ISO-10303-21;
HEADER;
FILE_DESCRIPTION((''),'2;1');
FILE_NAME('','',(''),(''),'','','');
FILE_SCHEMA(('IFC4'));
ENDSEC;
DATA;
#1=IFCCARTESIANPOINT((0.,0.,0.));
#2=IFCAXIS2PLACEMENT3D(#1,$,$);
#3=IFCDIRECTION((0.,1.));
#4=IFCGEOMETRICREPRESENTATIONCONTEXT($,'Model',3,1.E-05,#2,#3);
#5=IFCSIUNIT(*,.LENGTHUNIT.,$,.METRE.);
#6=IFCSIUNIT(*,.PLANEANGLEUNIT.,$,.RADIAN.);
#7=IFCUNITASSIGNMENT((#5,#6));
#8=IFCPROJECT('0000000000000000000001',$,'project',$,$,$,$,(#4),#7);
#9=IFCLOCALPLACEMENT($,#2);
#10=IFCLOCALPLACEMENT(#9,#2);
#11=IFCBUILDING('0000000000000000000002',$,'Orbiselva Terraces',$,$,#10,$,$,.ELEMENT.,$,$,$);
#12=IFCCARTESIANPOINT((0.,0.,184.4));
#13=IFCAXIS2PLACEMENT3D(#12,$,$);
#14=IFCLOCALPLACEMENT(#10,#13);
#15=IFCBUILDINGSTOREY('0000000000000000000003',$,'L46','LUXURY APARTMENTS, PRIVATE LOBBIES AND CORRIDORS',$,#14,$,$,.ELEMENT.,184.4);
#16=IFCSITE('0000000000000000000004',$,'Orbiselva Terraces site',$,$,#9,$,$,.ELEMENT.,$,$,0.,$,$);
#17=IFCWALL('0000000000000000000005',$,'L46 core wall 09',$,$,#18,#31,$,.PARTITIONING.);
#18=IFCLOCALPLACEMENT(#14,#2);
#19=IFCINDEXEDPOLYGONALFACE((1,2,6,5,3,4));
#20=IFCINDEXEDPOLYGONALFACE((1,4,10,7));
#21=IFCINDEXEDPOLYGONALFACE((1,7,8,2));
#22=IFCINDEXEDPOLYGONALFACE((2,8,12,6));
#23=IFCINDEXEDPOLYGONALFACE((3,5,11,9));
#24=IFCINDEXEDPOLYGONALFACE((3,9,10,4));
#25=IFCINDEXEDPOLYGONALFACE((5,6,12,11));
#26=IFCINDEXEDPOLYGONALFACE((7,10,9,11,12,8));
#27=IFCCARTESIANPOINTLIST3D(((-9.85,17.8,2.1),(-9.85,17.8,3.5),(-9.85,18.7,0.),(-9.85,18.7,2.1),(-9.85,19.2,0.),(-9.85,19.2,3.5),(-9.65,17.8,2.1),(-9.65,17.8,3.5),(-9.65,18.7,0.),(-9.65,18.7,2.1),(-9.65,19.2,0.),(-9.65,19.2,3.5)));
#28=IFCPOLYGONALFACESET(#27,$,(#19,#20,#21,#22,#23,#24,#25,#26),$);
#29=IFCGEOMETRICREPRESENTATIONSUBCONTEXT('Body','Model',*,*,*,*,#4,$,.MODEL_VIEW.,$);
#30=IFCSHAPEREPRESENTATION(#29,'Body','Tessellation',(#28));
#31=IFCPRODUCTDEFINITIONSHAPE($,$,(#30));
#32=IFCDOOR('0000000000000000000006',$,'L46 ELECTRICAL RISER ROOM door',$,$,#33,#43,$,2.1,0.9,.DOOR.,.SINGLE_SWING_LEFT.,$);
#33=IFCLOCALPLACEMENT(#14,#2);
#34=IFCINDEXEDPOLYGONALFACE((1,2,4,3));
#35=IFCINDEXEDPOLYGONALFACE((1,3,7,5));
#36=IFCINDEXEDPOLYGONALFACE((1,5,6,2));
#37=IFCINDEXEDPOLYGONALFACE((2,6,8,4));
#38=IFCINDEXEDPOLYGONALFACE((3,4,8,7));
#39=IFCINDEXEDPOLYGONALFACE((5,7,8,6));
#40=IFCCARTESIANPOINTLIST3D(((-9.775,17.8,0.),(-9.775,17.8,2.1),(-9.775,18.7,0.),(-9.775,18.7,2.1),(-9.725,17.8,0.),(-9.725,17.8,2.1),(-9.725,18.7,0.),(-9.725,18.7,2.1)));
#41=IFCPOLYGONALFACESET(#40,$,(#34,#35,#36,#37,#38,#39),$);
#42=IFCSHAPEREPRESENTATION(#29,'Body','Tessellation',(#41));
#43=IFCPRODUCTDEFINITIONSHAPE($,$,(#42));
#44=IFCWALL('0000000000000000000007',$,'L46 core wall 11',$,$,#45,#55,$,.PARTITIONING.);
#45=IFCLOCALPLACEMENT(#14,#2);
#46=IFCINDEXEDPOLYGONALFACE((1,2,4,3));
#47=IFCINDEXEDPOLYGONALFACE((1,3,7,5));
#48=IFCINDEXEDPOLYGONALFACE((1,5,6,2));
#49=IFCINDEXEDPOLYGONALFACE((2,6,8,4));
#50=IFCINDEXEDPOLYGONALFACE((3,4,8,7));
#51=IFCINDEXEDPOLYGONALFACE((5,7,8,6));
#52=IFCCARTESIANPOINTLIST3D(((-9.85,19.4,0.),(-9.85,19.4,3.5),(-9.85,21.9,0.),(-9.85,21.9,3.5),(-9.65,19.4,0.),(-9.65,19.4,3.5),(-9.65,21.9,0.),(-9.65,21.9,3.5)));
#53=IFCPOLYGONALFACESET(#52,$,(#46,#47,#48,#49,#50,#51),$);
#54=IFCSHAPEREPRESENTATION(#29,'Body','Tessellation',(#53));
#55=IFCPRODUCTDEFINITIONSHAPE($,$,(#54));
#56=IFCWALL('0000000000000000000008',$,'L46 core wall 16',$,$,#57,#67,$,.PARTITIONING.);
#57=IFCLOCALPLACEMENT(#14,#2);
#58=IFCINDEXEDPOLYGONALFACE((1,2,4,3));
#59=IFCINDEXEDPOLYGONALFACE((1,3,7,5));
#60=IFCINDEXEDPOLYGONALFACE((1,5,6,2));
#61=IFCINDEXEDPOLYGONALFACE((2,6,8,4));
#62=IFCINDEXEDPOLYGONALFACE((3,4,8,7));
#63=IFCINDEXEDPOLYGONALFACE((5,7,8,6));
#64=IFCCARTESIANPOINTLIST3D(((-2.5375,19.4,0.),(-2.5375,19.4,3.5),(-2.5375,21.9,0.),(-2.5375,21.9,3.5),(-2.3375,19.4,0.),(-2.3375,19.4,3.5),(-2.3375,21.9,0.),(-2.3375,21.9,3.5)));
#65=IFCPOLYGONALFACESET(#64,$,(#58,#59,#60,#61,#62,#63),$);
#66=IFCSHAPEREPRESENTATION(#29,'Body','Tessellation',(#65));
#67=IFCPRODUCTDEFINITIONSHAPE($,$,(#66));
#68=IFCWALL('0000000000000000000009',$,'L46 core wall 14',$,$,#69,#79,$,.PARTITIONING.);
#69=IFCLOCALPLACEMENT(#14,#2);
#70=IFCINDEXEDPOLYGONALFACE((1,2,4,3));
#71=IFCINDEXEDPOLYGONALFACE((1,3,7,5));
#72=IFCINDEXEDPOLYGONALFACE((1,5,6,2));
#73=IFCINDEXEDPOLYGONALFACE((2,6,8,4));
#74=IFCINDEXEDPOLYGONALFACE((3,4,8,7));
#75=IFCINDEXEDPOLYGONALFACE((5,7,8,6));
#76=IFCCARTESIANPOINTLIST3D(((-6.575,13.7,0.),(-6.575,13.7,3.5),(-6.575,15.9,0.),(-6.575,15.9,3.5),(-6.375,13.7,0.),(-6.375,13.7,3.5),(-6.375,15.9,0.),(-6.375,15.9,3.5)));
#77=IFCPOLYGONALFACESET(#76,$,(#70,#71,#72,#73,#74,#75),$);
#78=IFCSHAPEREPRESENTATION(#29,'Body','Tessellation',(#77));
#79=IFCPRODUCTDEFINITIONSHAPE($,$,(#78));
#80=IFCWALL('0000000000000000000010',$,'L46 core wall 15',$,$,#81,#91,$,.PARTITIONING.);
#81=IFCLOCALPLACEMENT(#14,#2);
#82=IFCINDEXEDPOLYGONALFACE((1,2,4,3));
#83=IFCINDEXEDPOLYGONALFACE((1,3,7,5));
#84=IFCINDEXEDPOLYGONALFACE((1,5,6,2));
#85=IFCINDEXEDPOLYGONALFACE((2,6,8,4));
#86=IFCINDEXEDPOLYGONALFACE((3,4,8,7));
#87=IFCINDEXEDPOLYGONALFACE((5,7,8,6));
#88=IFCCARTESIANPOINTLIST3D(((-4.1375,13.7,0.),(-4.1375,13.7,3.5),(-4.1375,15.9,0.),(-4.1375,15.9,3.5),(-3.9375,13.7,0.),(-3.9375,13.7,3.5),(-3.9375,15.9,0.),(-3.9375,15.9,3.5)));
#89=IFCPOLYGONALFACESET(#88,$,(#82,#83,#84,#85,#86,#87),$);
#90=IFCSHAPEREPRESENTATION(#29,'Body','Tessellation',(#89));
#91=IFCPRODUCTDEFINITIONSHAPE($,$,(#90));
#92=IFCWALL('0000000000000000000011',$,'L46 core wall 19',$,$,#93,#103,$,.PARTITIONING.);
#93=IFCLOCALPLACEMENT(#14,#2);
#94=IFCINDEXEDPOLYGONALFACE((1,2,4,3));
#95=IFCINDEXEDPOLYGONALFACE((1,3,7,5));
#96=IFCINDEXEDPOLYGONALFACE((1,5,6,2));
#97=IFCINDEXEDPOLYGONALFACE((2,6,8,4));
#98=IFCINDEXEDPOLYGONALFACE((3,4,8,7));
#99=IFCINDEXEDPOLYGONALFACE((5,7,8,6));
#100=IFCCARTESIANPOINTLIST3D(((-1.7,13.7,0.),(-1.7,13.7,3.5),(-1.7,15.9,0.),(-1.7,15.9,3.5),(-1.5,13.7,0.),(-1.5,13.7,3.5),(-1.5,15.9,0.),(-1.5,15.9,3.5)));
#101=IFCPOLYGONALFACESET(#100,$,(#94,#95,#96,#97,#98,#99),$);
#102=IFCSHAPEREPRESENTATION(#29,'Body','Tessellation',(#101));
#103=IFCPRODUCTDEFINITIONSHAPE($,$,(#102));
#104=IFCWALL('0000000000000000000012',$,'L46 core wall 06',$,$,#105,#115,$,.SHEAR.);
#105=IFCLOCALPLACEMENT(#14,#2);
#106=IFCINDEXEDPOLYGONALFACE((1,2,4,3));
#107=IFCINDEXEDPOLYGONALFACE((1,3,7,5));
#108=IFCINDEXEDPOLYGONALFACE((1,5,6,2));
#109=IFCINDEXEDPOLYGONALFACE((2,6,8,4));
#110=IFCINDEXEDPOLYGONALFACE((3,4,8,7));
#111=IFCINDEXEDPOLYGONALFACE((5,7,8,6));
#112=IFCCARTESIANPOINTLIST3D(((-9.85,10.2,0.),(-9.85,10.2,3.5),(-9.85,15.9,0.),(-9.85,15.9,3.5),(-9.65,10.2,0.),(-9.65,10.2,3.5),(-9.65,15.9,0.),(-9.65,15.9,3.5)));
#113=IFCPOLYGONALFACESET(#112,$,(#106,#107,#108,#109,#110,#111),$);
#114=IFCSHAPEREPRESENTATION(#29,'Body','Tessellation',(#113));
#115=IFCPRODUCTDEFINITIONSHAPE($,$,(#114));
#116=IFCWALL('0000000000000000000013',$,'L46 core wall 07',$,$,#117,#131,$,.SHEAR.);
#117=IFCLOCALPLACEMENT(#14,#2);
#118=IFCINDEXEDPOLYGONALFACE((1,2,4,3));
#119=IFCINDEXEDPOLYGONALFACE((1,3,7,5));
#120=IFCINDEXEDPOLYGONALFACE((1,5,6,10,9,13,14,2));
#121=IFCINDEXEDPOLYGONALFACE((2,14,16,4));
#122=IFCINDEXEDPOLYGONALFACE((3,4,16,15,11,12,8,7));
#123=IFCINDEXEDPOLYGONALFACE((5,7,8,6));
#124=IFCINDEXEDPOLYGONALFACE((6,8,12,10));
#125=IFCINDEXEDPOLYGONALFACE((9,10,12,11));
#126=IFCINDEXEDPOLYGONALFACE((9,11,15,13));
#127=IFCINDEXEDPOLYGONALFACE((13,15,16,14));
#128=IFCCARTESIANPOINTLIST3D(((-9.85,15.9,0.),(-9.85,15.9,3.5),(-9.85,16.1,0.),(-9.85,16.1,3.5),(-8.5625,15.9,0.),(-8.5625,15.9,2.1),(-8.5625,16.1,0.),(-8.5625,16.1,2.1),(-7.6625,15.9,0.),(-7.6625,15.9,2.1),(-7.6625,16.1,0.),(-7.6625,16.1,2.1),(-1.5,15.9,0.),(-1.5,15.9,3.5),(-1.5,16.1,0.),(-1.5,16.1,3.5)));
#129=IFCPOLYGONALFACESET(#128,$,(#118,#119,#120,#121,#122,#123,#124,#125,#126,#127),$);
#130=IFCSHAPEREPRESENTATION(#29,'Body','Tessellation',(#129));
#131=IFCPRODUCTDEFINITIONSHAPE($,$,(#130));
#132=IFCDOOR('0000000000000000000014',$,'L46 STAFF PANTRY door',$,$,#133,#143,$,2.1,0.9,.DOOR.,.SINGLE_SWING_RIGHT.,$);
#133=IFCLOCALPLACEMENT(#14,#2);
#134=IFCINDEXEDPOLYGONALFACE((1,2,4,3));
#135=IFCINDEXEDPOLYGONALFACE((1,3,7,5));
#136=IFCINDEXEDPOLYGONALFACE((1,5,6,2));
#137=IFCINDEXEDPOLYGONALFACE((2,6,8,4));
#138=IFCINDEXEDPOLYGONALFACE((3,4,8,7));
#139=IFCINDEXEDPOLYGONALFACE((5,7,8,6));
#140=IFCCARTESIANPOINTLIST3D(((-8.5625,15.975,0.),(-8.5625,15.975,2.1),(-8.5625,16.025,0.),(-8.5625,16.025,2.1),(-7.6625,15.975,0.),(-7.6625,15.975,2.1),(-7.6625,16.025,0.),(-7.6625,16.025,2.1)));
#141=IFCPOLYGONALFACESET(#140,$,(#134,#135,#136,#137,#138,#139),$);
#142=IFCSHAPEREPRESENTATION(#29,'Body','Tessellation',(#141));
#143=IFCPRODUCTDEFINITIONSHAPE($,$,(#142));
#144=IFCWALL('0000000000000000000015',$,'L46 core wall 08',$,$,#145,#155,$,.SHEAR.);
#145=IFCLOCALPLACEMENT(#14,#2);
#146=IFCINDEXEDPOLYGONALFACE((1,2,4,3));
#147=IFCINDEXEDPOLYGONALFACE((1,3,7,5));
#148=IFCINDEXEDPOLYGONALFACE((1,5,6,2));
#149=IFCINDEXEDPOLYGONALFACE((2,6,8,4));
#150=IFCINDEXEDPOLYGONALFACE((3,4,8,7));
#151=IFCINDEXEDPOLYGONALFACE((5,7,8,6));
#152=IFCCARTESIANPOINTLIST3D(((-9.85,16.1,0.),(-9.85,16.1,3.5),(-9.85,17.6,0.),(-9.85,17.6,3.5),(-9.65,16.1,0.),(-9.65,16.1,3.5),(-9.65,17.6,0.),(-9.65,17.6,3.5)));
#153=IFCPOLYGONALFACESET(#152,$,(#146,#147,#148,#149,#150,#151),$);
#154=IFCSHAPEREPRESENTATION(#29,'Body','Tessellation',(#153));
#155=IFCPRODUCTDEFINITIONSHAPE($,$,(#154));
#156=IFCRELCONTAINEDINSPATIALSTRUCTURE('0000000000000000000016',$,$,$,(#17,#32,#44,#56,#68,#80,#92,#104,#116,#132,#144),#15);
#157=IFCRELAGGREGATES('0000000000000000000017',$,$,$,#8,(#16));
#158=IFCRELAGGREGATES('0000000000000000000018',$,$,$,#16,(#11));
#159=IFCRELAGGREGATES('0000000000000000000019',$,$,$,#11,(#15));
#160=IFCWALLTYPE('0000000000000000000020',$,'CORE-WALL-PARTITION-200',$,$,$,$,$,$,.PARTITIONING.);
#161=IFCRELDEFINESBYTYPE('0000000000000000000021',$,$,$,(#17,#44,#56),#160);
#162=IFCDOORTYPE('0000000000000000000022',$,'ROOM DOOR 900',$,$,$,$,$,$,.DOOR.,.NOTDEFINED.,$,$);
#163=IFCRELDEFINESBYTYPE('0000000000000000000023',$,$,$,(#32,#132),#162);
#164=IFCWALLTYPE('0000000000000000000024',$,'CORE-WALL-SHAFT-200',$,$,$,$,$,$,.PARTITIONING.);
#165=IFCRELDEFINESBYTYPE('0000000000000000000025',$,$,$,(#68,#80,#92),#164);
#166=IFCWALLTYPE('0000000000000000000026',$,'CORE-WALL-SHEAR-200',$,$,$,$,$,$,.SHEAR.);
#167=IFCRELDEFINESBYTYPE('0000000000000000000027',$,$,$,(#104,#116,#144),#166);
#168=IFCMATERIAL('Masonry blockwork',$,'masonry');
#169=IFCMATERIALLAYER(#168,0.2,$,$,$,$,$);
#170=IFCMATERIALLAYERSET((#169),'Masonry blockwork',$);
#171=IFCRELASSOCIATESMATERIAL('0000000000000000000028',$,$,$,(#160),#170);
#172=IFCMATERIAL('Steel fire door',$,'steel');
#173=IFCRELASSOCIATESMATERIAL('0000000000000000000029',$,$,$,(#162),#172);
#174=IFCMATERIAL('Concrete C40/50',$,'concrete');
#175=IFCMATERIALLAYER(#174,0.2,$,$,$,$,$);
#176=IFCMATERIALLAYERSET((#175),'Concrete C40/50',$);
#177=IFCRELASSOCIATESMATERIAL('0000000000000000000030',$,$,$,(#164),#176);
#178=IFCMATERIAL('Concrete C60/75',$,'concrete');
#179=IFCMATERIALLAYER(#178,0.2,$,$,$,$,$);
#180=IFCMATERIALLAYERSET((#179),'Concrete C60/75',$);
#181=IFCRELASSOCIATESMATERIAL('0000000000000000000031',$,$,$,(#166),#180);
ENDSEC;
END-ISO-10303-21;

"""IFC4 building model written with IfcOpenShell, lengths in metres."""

from ifc_helpers import new_model, si_unit, direction, frame, frame_2d, origin, place, context, subcontext, project, spatial, rectangle, extrude, material, layer, layer_set, type_object, element, fill, save


model = new_model("IFC4")

# Units and contexts
model_context = context("Model", 3, precision=1e-05, world=origin(), true_north=direction((0.0, 1.0)))
body_context = subcontext(model_context, "Body", "Model", "MODEL_VIEW")
ifc_project = project(units=[si_unit("LENGTHUNIT", "METRE"), si_unit("PLANEANGLEUNIT", "RADIAN")], contexts=[model_context])

# Site, building, storey
site_placement = place(None, origin())
site = spatial("IfcSite", under=ifc_project, at=site_placement, Name="Orbiselva Terraces site", CompositionType="ELEMENT", RefElevation=0.0)
building_placement = place(site_placement, origin())
building = spatial("IfcBuilding", under=site, at=building_placement, Name="Orbiselva Terraces", CompositionType="ELEMENT")
storey_placement = place(building_placement, frame((0.0, 0.0, 184.4)))
storey = spatial("IfcBuildingStorey", under=building, at=storey_placement, Name="L46", Description="LUXURY APARTMENTS, PRIVATE LOBBIES AND CORRIDORS", CompositionType="ELEMENT", Elevation=184.4)

# Wall, opening, door
ifc_material_1 = material(Name="Masonry blockwork", Category="masonry")
ifc_layer_1 = layer(ifc_material_1, 0.2)
ifc_layer_set_1 = layer_set([ifc_layer_1], Name="Masonry blockwork")
wall_type_1 = type_object("IfcWallType", Name="CORE-WALL-PARTITION-200", PredefinedType="PARTITIONING", material=ifc_layer_set_1)
wall_1_placement = place(storey_placement, frame((-9.75, 17.8, 0.0), z_axis=(0.0, 0.0, 1.0), x_axis=(0.0, 1.0, 0.0)))
wall_1 = element("IfcWall", 1, at=wall_1_placement, inside=storey, type_object=wall_type_1, Name="L46 core wall 09", PredefinedType="PARTITIONING", context=body_context, shape_type="SweptSolid", body=[
    extrude(rectangle(XDim=1.4, YDim=0.2, at=frame_2d((0.7, 0.0))), origin(), (0.0, 0.0, 1.0), 3.5),
])
opening_1_placement = place(wall_1_placement, origin())
opening_1 = element("IfcOpeningElement", 2, at=opening_1_placement, cuts=wall_1, PredefinedType="OPENING", context=body_context, shape_type="SweptSolid", body=[
    extrude(rectangle(XDim=0.9, YDim=2.1, at=frame_2d((0.45, 1.05))), frame((0.0, 0.11, 0.0), z_axis=(0.0, -1.0, 0.0), x_axis=(1.0, 0.0, 0.0)), (0.0, 0.0, 1.0), 0.22),
])
ifc_material_2 = material(Name="Steel fire door", Category="steel")
door_type_1 = type_object("IfcDoorType", Name="ROOM DOOR 900", OperationType="NOTDEFINED", PredefinedType="DOOR", material=ifc_material_2)
door_1_placement = place(opening_1_placement, origin())
door_1 = element("IfcDoor", 3, at=door_1_placement, inside=storey, type_object=door_type_1, Name="L46 ELECTRICAL RISER ROOM door", OperationType="SINGLE_SWING_LEFT", OverallHeight=2.1, OverallWidth=0.9, PredefinedType="DOOR", context=body_context, shape_type="SweptSolid", body=[
    extrude(rectangle(XDim=0.9, YDim=2.1, at=frame_2d((0.45, 1.05))), frame((0.0, 0.025, 0.0), z_axis=(0.0, -1.0, 0.0), x_axis=(1.0, 0.0, 0.0)), (0.0, 0.0, 1.0), 0.05),
])
fill(opening_1, door_1)

# Walls
for number, where, z_axis, x_axis, name in (
    (4, (-9.75, 19.4, 0.0), (0.0, 0.0, 1.0), (0.0, 1.0, 0.0), "L46 core wall 11"),
    (5, (-2.4375, 19.4, 0.0), (0.0, 0.0, 1.0), (0.0, 1.0, 0.0), "L46 core wall 16"),
):
    element("IfcWall", number, at=place(storey_placement, frame(where, z_axis=z_axis, x_axis=x_axis)), inside=storey, type_object=wall_type_1, Name=name, PredefinedType="PARTITIONING", context=body_context, shape_type="SweptSolid", body=[
        extrude(rectangle(XDim=2.5, YDim=0.2, at=frame_2d((1.25, 0.0))), origin(), (0.0, 0.0, 1.0), 3.5),
    ])
ifc_material_3 = material(Name="Concrete C40/50", Category="concrete")
ifc_layer_2 = layer(ifc_material_3, 0.2)
ifc_layer_set_2 = layer_set([ifc_layer_2], Name="Concrete C40/50")
wall_type_2 = type_object("IfcWallType", Name="CORE-WALL-SHAFT-200", PredefinedType="PARTITIONING", material=ifc_layer_set_2)
for number, where, z_axis, x_axis, name in (
    (6, (-6.475, 13.7, 0.0), (0.0, 0.0, 1.0), (0.0, 1.0, 0.0), "L46 core wall 14"),
    (7, (-4.0375, 13.7, 0.0), (0.0, 0.0, 1.0), (0.0, 1.0, 0.0), "L46 core wall 15"),
    (8, (-1.6, 13.7, 0.0), (0.0, 0.0, 1.0), (0.0, 1.0, 0.0), "L46 core wall 19"),
):
    element("IfcWall", number, at=place(storey_placement, frame(where, z_axis=z_axis, x_axis=x_axis)), inside=storey, type_object=wall_type_2, Name=name, PredefinedType="PARTITIONING", context=body_context, shape_type="SweptSolid", body=[
        extrude(rectangle(XDim=2.2, YDim=0.2, at=frame_2d((1.1, 0.0))), origin(), (0.0, 0.0, 1.0), 3.5),
    ])
ifc_material_4 = material(Name="Concrete C60/75", Category="concrete")
ifc_layer_3 = layer(ifc_material_4, 0.2)
ifc_layer_set_3 = layer_set([ifc_layer_3], Name="Concrete C60/75")
wall_type_3 = type_object("IfcWallType", Name="CORE-WALL-SHEAR-200", PredefinedType="SHEAR", material=ifc_layer_set_3)
wall_2_placement = place(storey_placement, frame((-9.75, 10.2, 0.0), z_axis=(0.0, 0.0, 1.0), x_axis=(0.0, 1.0, 0.0)))
element("IfcWall", 9, at=wall_2_placement, inside=storey, type_object=wall_type_3, Name="L46 core wall 06", PredefinedType="SHEAR", context=body_context, shape_type="SweptSolid", body=[
    extrude(rectangle(XDim=5.7, YDim=0.2, at=frame_2d((2.85, 0.0))), origin(), (0.0, 0.0, 1.0), 3.5),
])

# Wall, opening, door
wall_3_placement = place(storey_placement, frame((-1.5, 16.0, 0.0), z_axis=(0.0, 0.0, 1.0), x_axis=(-1.0, 0.0, 0.0)))
wall_3 = element("IfcWall", 10, at=wall_3_placement, inside=storey, type_object=wall_type_3, Name="L46 core wall 07", PredefinedType="SHEAR", context=body_context, shape_type="SweptSolid", body=[
    extrude(rectangle(XDim=8.35, YDim=0.2, at=frame_2d((4.175, 0.0))), origin(), (0.0, 0.0, 1.0), 3.5),
])
opening_2_placement = place(wall_3_placement, frame((6.1625, 0.0, 0.0)))
opening_2 = element("IfcOpeningElement", 11, at=opening_2_placement, cuts=wall_3, PredefinedType="OPENING", context=body_context, shape_type="SweptSolid", body=[
    extrude(rectangle(XDim=0.9, YDim=2.1, at=frame_2d((0.45, 1.05))), frame((0.0, 0.11, 0.0), z_axis=(0.0, -1.0, 0.0), x_axis=(1.0, 0.0, 0.0)), (0.0, 0.0, 1.0), 0.22),
])
door_2_placement = place(opening_2_placement, origin())
door_2 = element("IfcDoor", 12, at=door_2_placement, inside=storey, type_object=door_type_1, Name="L46 STAFF PANTRY door", OperationType="SINGLE_SWING_RIGHT", OverallHeight=2.1, OverallWidth=0.9, PredefinedType="DOOR", context=body_context, shape_type="SweptSolid", body=[
    extrude(rectangle(XDim=0.9, YDim=2.1, at=frame_2d((0.45, 1.05))), frame((0.0, 0.025, 0.0), z_axis=(0.0, -1.0, 0.0), x_axis=(1.0, 0.0, 0.0)), (0.0, 0.0, 1.0), 0.05),
])
fill(opening_2, door_2)

# Wall
wall_4_placement = place(storey_placement, frame((-9.75, 16.1, 0.0), z_axis=(0.0, 0.0, 1.0), x_axis=(0.0, 1.0, 0.0)))
element("IfcWall", 13, at=wall_4_placement, inside=storey, type_object=wall_type_3, Name="L46 core wall 08", PredefinedType="SHEAR", context=body_context, shape_type="SweptSolid", body=[
    extrude(rectangle(XDim=1.5, YDim=0.2, at=frame_2d((0.75, 0.0))), origin(), (0.0, 0.0, 1.0), 3.5),
])

save(model, "model.ifc")
